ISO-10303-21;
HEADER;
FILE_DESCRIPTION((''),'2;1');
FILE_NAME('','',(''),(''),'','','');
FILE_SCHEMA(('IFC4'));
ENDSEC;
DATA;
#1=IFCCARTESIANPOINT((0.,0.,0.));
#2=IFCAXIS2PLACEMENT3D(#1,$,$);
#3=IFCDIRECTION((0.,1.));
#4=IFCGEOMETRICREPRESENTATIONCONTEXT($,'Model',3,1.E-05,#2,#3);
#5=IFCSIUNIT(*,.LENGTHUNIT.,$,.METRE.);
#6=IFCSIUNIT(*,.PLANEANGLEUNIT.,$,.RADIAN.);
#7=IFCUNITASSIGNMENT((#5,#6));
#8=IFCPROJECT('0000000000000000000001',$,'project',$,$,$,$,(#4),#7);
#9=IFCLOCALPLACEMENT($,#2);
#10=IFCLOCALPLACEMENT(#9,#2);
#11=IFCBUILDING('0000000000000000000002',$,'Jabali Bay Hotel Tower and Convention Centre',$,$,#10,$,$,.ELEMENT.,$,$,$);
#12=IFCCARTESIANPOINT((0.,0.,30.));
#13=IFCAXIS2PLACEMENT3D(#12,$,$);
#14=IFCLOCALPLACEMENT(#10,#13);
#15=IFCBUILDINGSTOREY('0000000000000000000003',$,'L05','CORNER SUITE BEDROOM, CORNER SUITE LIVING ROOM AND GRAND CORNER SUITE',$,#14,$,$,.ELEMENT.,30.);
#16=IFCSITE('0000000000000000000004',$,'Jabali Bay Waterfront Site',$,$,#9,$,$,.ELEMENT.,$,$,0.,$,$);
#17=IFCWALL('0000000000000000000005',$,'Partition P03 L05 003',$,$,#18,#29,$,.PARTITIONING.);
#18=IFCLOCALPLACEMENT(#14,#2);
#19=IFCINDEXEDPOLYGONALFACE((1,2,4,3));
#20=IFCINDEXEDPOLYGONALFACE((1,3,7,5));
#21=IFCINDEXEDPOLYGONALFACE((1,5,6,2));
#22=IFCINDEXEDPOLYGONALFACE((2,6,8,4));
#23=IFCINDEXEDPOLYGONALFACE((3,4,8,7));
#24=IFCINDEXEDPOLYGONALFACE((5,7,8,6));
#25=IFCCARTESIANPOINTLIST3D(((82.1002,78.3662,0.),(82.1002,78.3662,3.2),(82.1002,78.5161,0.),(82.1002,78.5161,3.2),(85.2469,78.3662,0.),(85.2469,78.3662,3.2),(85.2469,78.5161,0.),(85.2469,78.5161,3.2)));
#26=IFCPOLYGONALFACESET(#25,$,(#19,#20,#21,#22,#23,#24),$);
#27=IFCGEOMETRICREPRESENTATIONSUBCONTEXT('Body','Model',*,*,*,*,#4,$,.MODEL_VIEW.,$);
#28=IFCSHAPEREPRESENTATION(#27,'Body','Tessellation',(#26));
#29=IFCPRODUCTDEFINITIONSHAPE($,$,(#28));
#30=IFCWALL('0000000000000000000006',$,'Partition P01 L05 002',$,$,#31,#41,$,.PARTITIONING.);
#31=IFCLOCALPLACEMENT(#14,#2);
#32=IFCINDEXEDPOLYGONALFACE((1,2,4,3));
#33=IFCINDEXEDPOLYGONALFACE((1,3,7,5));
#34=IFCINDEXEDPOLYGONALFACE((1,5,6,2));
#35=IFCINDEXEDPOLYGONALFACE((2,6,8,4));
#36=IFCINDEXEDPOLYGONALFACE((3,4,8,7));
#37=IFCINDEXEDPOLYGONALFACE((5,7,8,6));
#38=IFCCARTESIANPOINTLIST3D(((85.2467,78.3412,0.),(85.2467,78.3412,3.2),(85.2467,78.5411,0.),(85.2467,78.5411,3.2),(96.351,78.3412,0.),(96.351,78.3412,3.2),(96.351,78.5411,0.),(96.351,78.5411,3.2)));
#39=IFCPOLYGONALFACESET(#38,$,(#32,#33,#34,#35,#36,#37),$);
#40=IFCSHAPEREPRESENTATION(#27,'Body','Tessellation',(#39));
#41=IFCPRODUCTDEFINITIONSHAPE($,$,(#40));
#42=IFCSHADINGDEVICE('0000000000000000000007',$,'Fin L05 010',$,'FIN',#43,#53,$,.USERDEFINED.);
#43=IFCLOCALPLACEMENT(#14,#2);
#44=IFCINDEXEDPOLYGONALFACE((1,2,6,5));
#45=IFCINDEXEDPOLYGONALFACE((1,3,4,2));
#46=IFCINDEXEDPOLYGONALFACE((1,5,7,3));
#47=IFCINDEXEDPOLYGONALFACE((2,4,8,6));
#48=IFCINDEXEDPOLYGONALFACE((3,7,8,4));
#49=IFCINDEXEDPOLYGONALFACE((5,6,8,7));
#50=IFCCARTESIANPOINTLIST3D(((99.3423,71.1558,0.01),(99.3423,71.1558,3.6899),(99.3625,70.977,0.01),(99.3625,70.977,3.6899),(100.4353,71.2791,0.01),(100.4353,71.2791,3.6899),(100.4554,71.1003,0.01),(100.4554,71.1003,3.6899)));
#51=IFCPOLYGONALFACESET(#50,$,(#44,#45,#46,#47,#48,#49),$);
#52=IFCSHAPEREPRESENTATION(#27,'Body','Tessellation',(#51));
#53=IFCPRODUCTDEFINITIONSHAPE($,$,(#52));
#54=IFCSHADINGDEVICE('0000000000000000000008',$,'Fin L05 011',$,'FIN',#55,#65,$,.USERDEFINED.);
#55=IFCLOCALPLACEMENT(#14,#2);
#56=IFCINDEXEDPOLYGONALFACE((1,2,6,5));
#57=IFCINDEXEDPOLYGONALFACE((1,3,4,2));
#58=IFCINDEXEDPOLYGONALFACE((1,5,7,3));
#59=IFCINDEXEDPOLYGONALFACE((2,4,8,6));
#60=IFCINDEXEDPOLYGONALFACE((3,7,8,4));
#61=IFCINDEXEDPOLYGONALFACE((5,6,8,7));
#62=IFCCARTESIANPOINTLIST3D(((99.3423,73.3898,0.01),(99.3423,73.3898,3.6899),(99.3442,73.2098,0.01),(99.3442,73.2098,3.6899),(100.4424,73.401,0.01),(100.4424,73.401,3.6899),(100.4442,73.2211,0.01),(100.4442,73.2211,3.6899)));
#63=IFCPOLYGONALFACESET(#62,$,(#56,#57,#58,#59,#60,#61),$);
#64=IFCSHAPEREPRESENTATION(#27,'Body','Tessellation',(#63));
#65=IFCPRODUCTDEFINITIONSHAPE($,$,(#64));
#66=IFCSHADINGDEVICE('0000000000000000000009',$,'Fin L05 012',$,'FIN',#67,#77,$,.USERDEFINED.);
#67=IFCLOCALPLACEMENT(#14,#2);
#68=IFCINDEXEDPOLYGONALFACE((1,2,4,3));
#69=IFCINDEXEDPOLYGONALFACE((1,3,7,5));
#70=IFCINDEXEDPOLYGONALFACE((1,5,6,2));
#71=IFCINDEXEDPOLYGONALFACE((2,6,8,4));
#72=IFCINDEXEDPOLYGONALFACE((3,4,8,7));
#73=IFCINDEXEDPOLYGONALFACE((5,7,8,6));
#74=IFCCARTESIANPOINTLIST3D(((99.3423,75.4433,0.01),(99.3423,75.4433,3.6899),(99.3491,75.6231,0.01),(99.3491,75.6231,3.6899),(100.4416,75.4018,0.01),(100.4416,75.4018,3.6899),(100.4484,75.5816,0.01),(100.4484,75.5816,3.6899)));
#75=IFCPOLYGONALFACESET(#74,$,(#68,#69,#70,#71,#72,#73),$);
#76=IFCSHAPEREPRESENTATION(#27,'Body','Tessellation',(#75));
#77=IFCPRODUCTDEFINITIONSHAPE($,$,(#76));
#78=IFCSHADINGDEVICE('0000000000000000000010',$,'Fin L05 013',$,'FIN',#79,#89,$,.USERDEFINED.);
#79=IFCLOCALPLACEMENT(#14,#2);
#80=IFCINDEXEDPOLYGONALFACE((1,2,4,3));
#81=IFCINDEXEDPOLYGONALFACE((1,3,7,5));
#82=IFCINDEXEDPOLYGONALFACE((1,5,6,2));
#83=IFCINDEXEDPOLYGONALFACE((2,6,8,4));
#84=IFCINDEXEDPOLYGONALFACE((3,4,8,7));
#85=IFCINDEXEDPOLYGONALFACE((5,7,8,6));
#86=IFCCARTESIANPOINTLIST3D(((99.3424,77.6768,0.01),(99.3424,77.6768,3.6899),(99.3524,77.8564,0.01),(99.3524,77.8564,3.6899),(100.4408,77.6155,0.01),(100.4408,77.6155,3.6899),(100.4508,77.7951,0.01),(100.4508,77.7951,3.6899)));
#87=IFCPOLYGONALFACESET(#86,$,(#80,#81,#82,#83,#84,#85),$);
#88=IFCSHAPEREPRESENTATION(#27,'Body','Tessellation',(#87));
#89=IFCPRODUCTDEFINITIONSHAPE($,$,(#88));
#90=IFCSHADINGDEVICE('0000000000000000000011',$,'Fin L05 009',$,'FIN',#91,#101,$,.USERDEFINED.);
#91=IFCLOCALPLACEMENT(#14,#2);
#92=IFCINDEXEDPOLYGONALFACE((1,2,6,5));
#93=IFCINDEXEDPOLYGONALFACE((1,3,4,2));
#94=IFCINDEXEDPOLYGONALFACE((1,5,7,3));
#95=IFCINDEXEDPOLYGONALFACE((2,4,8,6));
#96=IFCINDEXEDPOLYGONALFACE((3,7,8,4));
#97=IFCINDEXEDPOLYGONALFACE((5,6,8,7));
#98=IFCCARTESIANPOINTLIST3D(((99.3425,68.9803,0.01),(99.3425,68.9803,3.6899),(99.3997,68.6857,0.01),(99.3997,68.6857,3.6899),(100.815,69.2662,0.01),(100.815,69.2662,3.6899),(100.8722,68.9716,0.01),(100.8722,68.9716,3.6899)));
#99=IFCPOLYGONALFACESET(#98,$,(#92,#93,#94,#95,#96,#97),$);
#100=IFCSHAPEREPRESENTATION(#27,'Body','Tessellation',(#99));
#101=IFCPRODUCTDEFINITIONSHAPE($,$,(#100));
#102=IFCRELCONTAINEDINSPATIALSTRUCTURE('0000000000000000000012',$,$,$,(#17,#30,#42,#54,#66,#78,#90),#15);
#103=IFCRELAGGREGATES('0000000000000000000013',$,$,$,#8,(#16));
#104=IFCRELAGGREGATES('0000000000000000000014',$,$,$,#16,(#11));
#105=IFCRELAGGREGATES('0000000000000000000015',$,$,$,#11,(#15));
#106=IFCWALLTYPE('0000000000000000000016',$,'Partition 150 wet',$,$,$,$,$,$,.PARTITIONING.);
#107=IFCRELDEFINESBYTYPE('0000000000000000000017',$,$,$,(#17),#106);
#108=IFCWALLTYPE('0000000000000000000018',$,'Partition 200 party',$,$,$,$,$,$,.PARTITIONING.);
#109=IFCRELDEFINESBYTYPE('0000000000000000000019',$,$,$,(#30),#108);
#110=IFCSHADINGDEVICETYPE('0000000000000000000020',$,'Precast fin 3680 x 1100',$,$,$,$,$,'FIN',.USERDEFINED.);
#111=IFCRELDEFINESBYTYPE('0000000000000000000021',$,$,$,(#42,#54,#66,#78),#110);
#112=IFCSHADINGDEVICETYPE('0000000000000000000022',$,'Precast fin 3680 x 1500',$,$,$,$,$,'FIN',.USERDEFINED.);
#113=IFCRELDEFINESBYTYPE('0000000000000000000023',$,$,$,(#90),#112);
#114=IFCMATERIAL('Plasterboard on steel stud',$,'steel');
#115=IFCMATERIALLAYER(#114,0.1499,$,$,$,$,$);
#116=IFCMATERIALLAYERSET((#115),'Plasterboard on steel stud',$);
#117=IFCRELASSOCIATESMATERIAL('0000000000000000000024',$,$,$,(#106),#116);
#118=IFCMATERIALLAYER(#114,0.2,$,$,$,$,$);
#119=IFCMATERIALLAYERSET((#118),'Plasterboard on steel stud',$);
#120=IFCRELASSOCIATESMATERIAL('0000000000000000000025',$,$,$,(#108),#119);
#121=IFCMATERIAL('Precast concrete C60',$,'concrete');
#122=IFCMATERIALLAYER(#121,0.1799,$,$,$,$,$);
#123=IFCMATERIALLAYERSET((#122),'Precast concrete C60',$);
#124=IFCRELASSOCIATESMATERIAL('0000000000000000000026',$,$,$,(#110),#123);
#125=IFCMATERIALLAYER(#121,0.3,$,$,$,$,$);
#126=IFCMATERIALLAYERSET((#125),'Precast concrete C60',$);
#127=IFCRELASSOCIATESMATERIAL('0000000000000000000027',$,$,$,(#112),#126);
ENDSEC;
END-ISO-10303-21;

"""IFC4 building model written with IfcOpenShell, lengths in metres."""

from ifc_helpers import new_model, si_unit, direction, frame, frame_2d, origin, place, context, subcontext, project, spatial, rectangle, extrude, material, layer, layer_set, type_object, element, save


model = new_model("IFC4")

# Units and contexts
model_context = context("Model", 3, precision=1e-05, world=origin(), true_north=direction((0.0, 1.0)))
body_context = subcontext(model_context, "Body", "Model", "MODEL_VIEW")
ifc_project = project(units=[si_unit("LENGTHUNIT", "METRE"), si_unit("PLANEANGLEUNIT", "RADIAN")], contexts=[model_context])

# Site, building, storey
site_placement = place(None, origin())
site = spatial("IfcSite", under=ifc_project, at=site_placement, Name="Jabali Bay Waterfront Site", CompositionType="ELEMENT", RefElevation=0.0)
building_placement = place(site_placement, origin())
building = spatial("IfcBuilding", under=site, at=building_placement, Name="Jabali Bay Hotel Tower and Convention Centre", CompositionType="ELEMENT")
storey_placement = place(building_placement, frame((0.0, 0.0, 30.0)))
storey = spatial("IfcBuildingStorey", under=building, at=storey_placement, Name="L05", Description="CORNER SUITE BEDROOM, CORNER SUITE LIVING ROOM AND GRAND CORNER SUITE", CompositionType="ELEMENT", Elevation=30.0)

# Shared definitions
ifc_material_1 = material(Name="Plasterboard on steel stud", Category="steel")

# Walls
ifc_layer_1 = layer(ifc_material_1, 0.1499)
ifc_layer_set_1 = layer_set([ifc_layer_1], Name="Plasterboard on steel stud")
wall_type_1 = type_object("IfcWallType", Name="Partition 150 wet", PredefinedType="PARTITIONING", material=ifc_layer_set_1)
wall_1_placement = place(storey_placement, frame((85.2468, 78.4412, 0.0), z_axis=(0.0, 0.0, 1.0), x_axis=(-1.0, 0.0, 0.0)))
element("IfcWall", 1, at=wall_1_placement, inside=storey, type_object=wall_type_1, Name="Partition P03 L05 003", PredefinedType="PARTITIONING", context=body_context, shape_type="SweptSolid", body=[
    extrude(rectangle(XDim=3.1467, YDim=0.1499, at=frame_2d((1.5732, 0.0))), origin(), (0.0, 0.0, 1.0), 3.2),
])
ifc_layer_2 = layer(ifc_material_1, 0.2)
ifc_layer_set_2 = layer_set([ifc_layer_2], Name="Plasterboard on steel stud")
wall_type_2 = type_object("IfcWallType", Name="Partition 200 party", PredefinedType="PARTITIONING", material=ifc_layer_set_2)
wall_2_placement = place(storey_placement, frame((96.3511, 78.4412, 0.0), z_axis=(0.0, 0.0, 1.0), x_axis=(-1.0, 0.0, 0.0)))
element("IfcWall", 2, at=wall_2_placement, inside=storey, type_object=wall_type_2, Name="Partition P01 L05 002", PredefinedType="PARTITIONING", context=body_context, shape_type="SweptSolid", body=[
    extrude(rectangle(XDim=11.1042, YDim=0.2, at=frame_2d((5.5522, 0.0))), origin(), (0.0, 0.0, 1.0), 3.2),
])

# Shading devices
ifc_material_2 = material(Name="Precast concrete C60", Category="concrete")
ifc_layer_3 = layer(ifc_material_2, 0.1799)
ifc_layer_set_3 = layer_set([ifc_layer_3], Name="Precast concrete C60")
shading_device_type_1 = type_object("IfcShadingDeviceType", Name="Precast fin 3680 x 1100", ElementType="FIN", PredefinedType="USERDEFINED", material=ifc_layer_set_3)
shading_device_1_placement = place(storey_placement, frame((99.3525, 71.0664, 0.01), z_axis=(0.0, 0.0, 1.0), x_axis=(0.993698, 0.112088, 0.0)))
element("IfcShadingDevice", 3, at=shading_device_1_placement, inside=storey, type_object=shading_device_type_1, Name="Fin L05 010", ObjectType="FIN", PredefinedType="USERDEFINED", context=body_context, shape_type="SweptSolid", body=[
    extrude(rectangle(XDim=1.0999, YDim=0.1799, at=frame_2d((0.5498, 0.0))), origin(), (0.0, 0.0, 1.0), 3.6799),
])
for number, where, z_axis, x_axis, name in (
    (4, (99.3433, 73.2998, 0.01), (0.0, 0.0, 1.0), (0.999948, 0.010208, 0.0), "Fin L05 011"),
    (5, (99.3457, 75.5332, 0.01), (0.0, 0.0, 1.0), (0.999288, -0.037726, 0.0), "Fin L05 012"),
    (6, (99.3474, 77.7666, 0.01), (0.0, 0.0, 1.0), (0.998447, -0.055704, 0.0), "Fin L05 013"),
):
    element("IfcShadingDevice", number, at=place(storey_placement, frame(where, z_axis=z_axis, x_axis=x_axis)), inside=storey, type_object=shading_device_type_1, Name=name, ObjectType="FIN", PredefinedType="USERDEFINED", context=body_context, shape_type="SweptSolid", body=[
        extrude(rectangle(XDim=1.1001, YDim=0.1799, at=frame_2d((0.55, 0.0))), origin(), (0.0, 0.0, 1.0), 3.6799),
    ])
ifc_layer_4 = layer(ifc_material_2, 0.3)
ifc_layer_set_4 = layer_set([ifc_layer_4], Name="Precast concrete C60")
shading_device_type_2 = type_object("IfcShadingDeviceType", Name="Precast fin 3680 x 1500", ElementType="FIN", PredefinedType="USERDEFINED", material=ifc_layer_set_4)
shading_device_2_placement = place(storey_placement, frame((99.3711, 68.833, 0.01), z_axis=(0.0, 0.0, 1.0), x_axis=(0.981667, 0.190604, 0.0)))
element("IfcShadingDevice", 7, at=shading_device_2_placement, inside=storey, type_object=shading_device_type_2, Name="Fin L05 009", ObjectType="FIN", PredefinedType="USERDEFINED", context=body_context, shape_type="SweptSolid", body=[
    extrude(rectangle(XDim=1.5, YDim=0.3, at=frame_2d((0.75, 0.0))), origin(), (0.0, 0.0, 1.0), 3.6799),
])

save(model, "model.ifc")
